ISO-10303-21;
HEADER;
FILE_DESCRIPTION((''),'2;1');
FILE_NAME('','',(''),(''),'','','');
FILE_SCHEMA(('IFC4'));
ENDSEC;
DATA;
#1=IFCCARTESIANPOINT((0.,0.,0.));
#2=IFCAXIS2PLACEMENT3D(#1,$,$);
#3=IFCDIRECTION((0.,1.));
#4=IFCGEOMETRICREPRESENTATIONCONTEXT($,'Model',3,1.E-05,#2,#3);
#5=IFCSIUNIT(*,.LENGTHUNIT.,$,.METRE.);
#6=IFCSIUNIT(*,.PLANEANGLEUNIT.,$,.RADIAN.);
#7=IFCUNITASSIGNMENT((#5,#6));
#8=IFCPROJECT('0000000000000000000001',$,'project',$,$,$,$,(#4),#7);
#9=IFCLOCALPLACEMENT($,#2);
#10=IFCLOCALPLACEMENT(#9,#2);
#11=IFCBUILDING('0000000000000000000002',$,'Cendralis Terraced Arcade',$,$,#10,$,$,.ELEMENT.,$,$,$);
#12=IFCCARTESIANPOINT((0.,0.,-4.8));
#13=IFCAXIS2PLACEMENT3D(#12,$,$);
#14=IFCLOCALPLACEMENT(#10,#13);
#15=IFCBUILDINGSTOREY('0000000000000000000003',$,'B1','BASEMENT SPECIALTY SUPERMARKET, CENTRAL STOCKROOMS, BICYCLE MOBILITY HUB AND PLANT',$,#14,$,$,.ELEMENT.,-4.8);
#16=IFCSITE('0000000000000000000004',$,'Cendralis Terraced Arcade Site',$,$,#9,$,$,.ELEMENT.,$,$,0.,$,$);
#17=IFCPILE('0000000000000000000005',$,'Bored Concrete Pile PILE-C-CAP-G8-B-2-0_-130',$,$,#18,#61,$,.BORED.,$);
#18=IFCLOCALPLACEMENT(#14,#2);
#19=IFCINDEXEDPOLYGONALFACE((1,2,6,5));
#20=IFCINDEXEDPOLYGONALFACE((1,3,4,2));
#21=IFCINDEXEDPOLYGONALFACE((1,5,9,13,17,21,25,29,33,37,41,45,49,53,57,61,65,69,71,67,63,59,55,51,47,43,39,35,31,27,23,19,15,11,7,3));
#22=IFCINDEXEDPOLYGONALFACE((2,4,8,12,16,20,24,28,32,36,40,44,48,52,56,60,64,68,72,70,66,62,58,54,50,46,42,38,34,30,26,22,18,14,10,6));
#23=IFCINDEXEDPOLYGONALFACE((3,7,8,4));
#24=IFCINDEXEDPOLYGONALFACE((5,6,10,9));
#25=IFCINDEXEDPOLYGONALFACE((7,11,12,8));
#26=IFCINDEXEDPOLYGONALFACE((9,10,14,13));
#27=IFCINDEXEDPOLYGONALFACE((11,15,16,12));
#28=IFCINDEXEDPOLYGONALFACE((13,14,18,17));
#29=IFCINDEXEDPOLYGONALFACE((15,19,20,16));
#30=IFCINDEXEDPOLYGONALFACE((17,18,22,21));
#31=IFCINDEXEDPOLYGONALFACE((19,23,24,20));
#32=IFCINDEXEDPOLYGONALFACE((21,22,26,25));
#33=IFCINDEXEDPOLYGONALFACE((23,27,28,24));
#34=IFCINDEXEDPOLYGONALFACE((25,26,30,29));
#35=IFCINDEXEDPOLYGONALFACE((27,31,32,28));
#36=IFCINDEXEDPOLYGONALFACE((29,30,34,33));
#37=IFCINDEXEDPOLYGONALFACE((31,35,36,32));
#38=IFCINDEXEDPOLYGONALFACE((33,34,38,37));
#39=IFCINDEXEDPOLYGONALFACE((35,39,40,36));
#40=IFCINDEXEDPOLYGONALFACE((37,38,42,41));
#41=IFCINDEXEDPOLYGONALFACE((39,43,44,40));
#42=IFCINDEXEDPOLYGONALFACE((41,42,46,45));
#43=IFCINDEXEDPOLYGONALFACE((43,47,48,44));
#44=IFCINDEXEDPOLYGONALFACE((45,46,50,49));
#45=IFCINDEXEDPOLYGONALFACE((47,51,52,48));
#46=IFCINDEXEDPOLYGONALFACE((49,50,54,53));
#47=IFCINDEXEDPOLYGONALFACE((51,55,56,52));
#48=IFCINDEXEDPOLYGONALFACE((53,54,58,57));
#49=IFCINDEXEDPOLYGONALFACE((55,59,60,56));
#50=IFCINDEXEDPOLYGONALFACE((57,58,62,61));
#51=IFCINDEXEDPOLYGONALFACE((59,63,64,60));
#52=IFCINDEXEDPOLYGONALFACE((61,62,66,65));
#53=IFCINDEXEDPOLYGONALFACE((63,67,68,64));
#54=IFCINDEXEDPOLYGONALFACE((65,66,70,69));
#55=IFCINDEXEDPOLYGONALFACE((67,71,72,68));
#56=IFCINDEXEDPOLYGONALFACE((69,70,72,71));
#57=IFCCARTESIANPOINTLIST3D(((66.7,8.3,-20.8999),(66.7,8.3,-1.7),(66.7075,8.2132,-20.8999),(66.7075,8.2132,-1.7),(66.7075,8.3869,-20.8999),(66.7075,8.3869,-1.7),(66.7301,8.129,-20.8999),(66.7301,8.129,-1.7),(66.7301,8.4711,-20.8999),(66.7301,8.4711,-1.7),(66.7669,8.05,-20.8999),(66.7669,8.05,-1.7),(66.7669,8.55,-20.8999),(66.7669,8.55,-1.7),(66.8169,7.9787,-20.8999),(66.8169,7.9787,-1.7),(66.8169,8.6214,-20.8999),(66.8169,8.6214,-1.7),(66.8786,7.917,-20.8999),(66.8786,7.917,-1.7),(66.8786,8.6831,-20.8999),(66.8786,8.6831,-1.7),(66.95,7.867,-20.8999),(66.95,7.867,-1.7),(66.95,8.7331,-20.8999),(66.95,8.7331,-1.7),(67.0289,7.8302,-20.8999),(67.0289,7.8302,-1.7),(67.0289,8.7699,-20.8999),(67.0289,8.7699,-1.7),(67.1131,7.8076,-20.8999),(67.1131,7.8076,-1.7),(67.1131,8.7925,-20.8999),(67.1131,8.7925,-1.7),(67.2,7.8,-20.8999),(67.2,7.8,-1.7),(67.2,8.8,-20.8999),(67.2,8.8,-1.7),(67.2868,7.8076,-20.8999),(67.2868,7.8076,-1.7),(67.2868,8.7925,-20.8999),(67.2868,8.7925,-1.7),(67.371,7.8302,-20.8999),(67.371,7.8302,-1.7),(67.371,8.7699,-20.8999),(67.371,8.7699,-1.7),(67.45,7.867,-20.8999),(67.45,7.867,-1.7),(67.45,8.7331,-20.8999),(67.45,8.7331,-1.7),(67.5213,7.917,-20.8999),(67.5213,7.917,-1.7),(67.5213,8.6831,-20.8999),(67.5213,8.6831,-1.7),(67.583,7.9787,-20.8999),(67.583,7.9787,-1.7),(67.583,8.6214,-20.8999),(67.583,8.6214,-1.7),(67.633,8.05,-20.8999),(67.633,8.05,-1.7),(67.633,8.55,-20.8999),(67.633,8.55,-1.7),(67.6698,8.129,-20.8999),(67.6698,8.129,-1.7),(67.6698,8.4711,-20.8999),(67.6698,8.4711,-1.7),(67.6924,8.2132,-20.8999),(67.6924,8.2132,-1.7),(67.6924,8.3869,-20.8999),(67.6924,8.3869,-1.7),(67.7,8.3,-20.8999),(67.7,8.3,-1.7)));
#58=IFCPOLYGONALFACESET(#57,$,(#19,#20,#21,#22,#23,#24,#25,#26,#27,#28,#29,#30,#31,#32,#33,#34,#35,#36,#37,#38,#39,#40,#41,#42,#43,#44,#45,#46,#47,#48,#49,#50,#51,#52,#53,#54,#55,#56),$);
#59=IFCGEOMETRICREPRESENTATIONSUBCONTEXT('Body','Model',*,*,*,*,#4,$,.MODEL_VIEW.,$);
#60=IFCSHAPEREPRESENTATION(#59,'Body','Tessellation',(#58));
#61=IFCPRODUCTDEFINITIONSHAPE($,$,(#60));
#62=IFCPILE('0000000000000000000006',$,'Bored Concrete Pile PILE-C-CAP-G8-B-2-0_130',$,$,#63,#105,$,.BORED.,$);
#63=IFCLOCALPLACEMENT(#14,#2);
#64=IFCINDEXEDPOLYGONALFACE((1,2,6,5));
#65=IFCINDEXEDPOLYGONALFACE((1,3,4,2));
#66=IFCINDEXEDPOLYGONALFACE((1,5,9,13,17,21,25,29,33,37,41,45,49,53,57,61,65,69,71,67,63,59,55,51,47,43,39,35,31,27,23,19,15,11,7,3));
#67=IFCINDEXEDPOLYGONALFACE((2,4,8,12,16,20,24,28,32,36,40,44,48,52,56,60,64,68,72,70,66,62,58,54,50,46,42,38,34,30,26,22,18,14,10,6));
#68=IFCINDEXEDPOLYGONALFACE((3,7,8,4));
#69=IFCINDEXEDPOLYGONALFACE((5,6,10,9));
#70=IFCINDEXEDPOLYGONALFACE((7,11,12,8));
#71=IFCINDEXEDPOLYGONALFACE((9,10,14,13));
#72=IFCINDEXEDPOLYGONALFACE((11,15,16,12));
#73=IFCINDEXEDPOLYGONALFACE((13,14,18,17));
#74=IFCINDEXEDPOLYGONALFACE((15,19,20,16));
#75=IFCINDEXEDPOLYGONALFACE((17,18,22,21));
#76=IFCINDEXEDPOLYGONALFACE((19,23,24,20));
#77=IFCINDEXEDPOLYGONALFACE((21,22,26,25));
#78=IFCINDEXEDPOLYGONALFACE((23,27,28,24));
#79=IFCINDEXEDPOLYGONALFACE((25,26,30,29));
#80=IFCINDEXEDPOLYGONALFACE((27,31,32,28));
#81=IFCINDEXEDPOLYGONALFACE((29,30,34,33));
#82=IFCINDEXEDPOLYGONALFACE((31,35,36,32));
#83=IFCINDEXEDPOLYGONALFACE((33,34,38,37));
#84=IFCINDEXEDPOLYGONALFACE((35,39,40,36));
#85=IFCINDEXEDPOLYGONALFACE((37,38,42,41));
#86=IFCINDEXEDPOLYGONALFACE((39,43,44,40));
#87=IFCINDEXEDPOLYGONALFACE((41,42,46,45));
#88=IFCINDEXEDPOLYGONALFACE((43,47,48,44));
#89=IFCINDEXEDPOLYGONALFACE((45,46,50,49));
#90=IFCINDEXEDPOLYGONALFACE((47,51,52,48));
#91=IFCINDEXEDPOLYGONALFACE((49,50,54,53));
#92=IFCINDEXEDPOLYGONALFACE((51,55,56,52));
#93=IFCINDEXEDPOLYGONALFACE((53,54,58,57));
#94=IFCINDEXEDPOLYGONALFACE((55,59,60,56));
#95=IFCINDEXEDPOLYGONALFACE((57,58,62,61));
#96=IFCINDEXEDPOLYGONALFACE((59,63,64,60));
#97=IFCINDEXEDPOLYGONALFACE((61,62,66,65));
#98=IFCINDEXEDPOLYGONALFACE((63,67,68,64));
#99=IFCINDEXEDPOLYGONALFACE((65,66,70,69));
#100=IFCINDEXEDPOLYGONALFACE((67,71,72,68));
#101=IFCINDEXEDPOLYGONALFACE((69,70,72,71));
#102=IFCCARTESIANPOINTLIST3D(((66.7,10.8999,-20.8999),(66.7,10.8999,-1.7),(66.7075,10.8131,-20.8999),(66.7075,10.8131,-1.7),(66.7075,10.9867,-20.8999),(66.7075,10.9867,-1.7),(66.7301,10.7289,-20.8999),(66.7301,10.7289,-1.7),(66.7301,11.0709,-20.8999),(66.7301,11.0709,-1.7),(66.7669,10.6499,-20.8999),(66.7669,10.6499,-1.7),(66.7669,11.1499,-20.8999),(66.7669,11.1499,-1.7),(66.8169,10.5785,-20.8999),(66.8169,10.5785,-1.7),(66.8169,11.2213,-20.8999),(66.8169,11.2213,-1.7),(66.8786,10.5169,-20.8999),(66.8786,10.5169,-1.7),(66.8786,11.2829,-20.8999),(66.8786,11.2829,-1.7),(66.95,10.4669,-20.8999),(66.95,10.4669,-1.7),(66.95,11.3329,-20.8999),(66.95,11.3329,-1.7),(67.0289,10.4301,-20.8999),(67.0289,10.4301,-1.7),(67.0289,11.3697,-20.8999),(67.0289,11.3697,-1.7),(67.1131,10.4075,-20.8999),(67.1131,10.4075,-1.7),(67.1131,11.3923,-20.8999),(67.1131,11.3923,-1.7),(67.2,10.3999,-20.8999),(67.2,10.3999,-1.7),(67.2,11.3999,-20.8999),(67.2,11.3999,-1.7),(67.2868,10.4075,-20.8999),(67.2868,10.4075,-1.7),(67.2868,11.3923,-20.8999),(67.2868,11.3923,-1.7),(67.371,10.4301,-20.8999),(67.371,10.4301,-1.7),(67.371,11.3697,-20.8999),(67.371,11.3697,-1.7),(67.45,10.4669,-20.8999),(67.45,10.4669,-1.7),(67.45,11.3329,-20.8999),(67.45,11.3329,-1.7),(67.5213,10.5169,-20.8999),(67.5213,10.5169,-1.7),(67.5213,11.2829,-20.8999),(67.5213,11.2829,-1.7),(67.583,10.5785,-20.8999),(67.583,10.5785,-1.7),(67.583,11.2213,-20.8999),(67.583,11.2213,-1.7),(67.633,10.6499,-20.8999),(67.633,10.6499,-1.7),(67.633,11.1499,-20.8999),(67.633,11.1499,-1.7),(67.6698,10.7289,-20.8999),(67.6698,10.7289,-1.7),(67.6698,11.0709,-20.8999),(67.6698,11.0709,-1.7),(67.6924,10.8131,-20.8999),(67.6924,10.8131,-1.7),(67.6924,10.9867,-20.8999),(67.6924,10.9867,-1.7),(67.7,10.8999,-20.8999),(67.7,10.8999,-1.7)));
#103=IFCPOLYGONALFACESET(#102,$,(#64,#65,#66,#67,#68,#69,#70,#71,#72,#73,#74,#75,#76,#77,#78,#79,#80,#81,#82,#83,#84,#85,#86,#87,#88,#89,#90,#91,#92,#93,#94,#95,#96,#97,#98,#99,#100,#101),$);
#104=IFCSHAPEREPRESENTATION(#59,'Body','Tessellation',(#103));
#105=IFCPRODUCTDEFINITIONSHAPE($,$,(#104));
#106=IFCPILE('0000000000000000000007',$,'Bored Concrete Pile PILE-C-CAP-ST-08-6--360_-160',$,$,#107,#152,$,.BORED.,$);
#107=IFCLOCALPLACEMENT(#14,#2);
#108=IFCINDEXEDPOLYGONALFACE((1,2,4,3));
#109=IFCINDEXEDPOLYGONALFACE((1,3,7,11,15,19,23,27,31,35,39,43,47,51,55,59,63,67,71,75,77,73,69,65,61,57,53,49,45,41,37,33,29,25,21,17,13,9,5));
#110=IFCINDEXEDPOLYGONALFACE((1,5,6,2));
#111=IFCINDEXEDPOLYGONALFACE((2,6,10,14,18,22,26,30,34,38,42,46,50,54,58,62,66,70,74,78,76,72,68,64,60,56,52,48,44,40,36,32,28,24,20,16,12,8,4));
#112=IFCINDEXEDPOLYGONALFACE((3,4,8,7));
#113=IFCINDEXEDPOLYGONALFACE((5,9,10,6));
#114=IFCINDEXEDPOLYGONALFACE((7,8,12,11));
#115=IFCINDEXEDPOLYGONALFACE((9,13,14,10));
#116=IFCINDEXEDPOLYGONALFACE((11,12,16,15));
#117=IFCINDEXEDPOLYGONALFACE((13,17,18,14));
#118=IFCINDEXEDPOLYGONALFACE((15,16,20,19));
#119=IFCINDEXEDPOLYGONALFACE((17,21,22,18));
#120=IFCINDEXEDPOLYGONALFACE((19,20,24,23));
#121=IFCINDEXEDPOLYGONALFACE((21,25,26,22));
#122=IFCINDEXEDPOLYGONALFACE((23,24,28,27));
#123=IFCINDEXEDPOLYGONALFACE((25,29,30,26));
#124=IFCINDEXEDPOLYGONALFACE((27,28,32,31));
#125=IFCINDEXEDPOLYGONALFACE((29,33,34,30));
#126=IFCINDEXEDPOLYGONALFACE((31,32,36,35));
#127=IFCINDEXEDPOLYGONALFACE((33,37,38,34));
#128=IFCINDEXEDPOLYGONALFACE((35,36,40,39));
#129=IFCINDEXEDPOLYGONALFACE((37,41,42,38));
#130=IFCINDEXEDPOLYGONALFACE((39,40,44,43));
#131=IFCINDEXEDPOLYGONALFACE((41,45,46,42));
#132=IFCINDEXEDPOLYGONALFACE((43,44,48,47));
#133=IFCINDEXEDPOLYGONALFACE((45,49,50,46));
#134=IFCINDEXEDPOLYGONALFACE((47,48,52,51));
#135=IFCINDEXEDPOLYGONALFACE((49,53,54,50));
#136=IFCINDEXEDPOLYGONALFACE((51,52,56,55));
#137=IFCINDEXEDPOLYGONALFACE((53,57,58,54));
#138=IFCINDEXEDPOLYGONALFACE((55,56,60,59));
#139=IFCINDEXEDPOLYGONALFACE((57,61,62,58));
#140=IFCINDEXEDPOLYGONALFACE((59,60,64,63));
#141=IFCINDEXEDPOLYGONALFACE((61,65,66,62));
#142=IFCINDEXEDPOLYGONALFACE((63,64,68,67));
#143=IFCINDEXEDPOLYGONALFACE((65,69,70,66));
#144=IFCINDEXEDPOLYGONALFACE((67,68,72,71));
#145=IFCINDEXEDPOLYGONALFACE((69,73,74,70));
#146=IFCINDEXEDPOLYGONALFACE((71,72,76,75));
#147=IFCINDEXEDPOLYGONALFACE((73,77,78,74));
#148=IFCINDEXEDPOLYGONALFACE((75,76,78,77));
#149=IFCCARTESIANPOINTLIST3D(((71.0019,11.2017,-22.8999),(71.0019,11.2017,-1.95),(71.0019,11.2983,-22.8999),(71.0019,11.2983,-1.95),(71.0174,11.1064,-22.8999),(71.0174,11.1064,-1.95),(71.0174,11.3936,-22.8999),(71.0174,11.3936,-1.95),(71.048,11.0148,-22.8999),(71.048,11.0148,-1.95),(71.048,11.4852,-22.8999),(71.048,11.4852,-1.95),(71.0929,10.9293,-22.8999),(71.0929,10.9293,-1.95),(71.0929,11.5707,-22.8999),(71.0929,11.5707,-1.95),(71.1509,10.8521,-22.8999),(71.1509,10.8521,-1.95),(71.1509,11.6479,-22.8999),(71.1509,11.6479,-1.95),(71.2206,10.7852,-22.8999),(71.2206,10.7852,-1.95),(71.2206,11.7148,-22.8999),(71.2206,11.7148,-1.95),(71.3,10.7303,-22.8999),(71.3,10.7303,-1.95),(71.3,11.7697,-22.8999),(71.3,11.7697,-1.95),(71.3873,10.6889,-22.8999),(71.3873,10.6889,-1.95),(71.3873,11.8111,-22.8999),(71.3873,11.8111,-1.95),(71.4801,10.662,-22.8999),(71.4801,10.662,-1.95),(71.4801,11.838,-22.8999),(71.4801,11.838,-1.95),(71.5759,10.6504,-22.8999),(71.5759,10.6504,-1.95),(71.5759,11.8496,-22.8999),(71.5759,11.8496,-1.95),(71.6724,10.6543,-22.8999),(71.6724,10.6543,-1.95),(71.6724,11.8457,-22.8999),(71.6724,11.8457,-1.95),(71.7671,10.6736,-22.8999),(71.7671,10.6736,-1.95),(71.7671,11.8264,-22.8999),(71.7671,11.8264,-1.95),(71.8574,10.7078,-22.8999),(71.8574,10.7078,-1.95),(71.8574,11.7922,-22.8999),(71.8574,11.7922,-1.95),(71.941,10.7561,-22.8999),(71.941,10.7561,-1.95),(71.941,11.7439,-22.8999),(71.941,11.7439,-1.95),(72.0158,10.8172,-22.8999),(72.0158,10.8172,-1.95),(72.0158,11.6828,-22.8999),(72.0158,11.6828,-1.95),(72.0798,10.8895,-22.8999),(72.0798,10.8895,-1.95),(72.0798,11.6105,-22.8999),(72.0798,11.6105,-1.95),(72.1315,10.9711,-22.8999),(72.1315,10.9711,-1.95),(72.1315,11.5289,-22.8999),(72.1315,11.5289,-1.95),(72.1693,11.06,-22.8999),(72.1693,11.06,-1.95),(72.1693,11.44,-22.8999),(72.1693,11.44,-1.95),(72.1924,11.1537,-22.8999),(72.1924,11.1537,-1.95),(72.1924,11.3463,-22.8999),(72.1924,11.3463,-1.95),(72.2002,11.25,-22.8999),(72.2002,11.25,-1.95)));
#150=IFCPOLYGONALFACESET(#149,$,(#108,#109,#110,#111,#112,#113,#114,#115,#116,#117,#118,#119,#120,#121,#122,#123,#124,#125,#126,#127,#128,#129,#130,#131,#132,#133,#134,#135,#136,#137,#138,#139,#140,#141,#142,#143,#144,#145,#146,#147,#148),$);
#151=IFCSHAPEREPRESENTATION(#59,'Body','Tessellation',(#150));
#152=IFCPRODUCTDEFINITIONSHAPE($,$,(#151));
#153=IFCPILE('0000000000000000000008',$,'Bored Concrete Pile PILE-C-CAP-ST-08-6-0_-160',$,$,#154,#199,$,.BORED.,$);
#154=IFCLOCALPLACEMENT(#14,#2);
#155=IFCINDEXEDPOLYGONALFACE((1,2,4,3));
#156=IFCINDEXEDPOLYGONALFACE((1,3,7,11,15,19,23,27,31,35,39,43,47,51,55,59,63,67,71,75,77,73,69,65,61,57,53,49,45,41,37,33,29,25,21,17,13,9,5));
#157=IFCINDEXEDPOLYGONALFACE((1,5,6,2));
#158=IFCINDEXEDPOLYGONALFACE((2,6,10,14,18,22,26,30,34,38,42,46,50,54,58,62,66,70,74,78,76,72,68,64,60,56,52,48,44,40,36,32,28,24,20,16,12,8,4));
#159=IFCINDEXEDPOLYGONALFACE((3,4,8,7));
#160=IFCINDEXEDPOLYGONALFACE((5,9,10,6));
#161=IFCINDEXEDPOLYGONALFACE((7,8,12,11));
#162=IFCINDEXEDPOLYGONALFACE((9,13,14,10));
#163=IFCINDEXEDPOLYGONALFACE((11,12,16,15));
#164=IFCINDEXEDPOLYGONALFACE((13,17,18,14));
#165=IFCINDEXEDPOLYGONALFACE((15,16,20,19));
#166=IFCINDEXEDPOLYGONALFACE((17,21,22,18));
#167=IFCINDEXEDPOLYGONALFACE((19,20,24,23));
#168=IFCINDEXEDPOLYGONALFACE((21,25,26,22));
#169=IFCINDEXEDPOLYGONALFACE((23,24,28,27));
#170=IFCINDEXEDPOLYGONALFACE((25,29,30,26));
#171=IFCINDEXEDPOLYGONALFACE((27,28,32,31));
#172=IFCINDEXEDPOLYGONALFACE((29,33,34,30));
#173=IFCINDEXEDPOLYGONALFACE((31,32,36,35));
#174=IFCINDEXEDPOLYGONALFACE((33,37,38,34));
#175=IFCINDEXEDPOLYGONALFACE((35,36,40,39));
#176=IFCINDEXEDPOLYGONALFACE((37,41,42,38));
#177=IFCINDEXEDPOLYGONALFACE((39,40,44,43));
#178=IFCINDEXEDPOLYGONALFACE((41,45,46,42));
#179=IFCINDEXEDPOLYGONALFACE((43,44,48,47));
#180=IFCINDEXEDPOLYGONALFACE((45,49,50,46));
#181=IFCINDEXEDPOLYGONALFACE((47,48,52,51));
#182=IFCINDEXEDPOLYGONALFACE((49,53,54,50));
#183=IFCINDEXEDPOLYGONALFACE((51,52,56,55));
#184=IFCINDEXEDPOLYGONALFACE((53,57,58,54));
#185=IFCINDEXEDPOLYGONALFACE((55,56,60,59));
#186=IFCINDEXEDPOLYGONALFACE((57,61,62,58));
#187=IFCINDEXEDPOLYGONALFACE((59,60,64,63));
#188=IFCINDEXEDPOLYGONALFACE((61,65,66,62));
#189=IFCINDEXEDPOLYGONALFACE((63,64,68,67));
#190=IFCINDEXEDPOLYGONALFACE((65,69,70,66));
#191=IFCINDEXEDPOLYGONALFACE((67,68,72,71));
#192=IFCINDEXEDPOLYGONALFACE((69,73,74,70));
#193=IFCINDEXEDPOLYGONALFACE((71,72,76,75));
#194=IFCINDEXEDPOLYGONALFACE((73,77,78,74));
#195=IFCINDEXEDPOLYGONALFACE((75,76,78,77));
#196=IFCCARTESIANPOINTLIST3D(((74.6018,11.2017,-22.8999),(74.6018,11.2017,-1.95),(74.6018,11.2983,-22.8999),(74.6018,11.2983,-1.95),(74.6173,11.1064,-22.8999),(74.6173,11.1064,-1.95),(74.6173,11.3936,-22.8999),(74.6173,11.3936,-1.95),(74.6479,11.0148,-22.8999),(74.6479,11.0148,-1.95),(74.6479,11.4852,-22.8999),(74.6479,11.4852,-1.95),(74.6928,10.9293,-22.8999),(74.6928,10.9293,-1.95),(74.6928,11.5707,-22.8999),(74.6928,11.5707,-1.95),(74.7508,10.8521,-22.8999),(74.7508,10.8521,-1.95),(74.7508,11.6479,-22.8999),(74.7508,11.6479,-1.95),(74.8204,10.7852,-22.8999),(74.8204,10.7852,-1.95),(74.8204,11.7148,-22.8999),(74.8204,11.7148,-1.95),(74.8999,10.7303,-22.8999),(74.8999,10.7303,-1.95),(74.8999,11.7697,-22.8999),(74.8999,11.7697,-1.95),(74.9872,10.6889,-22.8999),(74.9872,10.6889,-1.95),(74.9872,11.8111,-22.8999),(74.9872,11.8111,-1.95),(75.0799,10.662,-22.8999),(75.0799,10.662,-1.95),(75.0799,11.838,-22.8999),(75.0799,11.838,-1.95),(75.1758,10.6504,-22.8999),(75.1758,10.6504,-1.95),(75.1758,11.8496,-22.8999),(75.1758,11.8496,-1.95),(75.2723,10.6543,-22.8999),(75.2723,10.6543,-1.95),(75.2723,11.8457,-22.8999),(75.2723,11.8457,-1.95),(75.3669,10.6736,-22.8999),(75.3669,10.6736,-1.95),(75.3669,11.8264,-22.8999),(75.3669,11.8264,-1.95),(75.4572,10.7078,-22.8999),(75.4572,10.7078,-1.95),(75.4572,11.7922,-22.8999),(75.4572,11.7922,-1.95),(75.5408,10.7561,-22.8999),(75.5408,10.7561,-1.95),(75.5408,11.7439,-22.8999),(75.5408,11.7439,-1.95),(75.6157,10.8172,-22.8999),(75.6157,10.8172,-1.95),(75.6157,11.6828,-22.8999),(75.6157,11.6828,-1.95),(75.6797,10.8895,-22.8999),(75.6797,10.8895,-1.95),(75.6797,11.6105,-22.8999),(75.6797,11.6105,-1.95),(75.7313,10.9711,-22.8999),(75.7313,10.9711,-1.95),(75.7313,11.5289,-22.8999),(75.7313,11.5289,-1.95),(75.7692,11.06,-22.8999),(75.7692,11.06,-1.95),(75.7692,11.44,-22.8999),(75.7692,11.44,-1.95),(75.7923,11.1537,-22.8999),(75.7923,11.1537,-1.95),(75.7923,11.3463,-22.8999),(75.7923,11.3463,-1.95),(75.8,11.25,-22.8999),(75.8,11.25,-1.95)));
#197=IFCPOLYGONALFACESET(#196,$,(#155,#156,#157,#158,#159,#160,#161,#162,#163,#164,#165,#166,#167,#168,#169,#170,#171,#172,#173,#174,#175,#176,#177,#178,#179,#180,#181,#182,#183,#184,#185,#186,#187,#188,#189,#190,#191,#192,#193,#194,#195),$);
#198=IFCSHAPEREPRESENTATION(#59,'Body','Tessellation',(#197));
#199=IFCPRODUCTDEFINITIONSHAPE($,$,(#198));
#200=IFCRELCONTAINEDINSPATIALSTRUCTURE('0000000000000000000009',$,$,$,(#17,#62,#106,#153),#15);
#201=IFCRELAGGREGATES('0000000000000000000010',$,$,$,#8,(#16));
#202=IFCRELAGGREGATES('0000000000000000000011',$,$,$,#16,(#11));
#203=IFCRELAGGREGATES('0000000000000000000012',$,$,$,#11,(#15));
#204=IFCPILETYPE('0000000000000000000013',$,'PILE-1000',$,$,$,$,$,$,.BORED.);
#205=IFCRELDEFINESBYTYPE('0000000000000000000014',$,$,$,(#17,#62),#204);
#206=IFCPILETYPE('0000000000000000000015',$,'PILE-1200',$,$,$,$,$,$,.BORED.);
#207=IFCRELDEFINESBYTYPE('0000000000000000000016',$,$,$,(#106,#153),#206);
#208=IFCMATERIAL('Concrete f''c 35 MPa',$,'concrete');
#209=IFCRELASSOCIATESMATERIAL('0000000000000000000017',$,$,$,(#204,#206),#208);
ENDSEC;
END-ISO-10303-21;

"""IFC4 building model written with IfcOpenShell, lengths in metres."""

from ifc_helpers import new_model, si_unit, direction, frame, origin, origin_2d, place, context, subcontext, project, spatial, circle, extrude, material, material_profile, profile_set, type_object, element, save


model = new_model("IFC4")

# Units and contexts
model_context = context("Model", 3, precision=1e-05, world=origin(), true_north=direction((0.0, 1.0)))
body_context = subcontext(model_context, "Body", "Model", "MODEL_VIEW")
ifc_project = project(units=[si_unit("LENGTHUNIT", "METRE"), si_unit("PLANEANGLEUNIT", "RADIAN")], contexts=[model_context])

# Site, building, storey
site_placement = place(None, origin())
site = spatial("IfcSite", under=ifc_project, at=site_placement, Name="Cendralis Terraced Arcade Site", CompositionType="ELEMENT", RefElevation=0.0)
building_placement = place(site_placement, origin())
building = spatial("IfcBuilding", under=site, at=building_placement, Name="Cendralis Terraced Arcade", CompositionType="ELEMENT")
storey_placement = place(building_placement, frame((0.0, 0.0, -4.8)))
storey = spatial("IfcBuildingStorey", under=building, at=storey_placement, Name="B1", Description="BASEMENT SPECIALTY SUPERMARKET, CENTRAL STOCKROOMS, BICYCLE MOBILITY HUB AND PLANT", CompositionType="ELEMENT", Elevation=-4.8)

# Shared definitions
ifc_material_1 = material(Name="Concrete f'c 35 MPa", Category="concrete")

# Piles
ifc_material_profile_1 = material_profile(ifc_material_1, circle(Radius=0.5, at=origin_2d()), Name="PILE-D1000", Category="LoadBearing")
ifc_profile_set_1 = profile_set([ifc_material_profile_1], Name="Concrete f'c 35 MPa")
pile_type_1 = type_object("IfcPileType", Name="PILE-1000", PredefinedType="BORED", material=ifc_profile_set_1)
for number, where, z_axis, x_axis, name in (
    (1, (67.2, 8.3, -1.7), (0.0, 0.0, -1.0), (1.0, 0.0, 0.0), "Bored Concrete Pile PILE-C-CAP-G8-B-2-0_-130"),
    (2, (67.2, 10.8999, -1.7), (0.0, 0.0, -1.0), (1.0, 0.0, 0.0), "Bored Concrete Pile PILE-C-CAP-G8-B-2-0_130"),
):
    element("IfcPile", number, at=place(storey_placement, frame(where, z_axis=z_axis, x_axis=x_axis)), inside=storey, type_object=pile_type_1, Name=name, PredefinedType="BORED", context=body_context, shape_type="SweptSolid", body=[
        extrude(circle(Radius=0.5, at=origin_2d()), origin(), (0.0, 0.0, 1.0), 19.2),
    ])
ifc_material_profile_2 = material_profile(ifc_material_1, circle(Radius=0.6001, at=origin_2d()), Name="PILE-D1200", Category="LoadBearing")
ifc_profile_set_2 = profile_set([ifc_material_profile_2], Name="Concrete f'c 35 MPa")
pile_type_2 = type_object("IfcPileType", Name="PILE-1200", PredefinedType="BORED", material=ifc_profile_set_2)
for number, where, z_axis, x_axis, name in (
    (3, (71.6001, 11.25, -1.95), (0.0, 0.0, -1.0), (1.0, 0.0, 0.0), "Bored Concrete Pile PILE-C-CAP-ST-08-6--360_-160"),
    (4, (75.2, 11.25, -1.95), (0.0, 0.0, -1.0), (1.0, 0.0, 0.0), "Bored Concrete Pile PILE-C-CAP-ST-08-6-0_-160"),
):
    element("IfcPile", number, at=place(storey_placement, frame(where, z_axis=z_axis, x_axis=x_axis)), inside=storey, type_object=pile_type_2, Name=name, PredefinedType="BORED", context=body_context, shape_type="SweptSolid", body=[
        extrude(circle(Radius=0.6001, at=origin_2d()), origin(), (0.0, 0.0, 1.0), 20.95),
    ])

save(model, "model.ifc")
